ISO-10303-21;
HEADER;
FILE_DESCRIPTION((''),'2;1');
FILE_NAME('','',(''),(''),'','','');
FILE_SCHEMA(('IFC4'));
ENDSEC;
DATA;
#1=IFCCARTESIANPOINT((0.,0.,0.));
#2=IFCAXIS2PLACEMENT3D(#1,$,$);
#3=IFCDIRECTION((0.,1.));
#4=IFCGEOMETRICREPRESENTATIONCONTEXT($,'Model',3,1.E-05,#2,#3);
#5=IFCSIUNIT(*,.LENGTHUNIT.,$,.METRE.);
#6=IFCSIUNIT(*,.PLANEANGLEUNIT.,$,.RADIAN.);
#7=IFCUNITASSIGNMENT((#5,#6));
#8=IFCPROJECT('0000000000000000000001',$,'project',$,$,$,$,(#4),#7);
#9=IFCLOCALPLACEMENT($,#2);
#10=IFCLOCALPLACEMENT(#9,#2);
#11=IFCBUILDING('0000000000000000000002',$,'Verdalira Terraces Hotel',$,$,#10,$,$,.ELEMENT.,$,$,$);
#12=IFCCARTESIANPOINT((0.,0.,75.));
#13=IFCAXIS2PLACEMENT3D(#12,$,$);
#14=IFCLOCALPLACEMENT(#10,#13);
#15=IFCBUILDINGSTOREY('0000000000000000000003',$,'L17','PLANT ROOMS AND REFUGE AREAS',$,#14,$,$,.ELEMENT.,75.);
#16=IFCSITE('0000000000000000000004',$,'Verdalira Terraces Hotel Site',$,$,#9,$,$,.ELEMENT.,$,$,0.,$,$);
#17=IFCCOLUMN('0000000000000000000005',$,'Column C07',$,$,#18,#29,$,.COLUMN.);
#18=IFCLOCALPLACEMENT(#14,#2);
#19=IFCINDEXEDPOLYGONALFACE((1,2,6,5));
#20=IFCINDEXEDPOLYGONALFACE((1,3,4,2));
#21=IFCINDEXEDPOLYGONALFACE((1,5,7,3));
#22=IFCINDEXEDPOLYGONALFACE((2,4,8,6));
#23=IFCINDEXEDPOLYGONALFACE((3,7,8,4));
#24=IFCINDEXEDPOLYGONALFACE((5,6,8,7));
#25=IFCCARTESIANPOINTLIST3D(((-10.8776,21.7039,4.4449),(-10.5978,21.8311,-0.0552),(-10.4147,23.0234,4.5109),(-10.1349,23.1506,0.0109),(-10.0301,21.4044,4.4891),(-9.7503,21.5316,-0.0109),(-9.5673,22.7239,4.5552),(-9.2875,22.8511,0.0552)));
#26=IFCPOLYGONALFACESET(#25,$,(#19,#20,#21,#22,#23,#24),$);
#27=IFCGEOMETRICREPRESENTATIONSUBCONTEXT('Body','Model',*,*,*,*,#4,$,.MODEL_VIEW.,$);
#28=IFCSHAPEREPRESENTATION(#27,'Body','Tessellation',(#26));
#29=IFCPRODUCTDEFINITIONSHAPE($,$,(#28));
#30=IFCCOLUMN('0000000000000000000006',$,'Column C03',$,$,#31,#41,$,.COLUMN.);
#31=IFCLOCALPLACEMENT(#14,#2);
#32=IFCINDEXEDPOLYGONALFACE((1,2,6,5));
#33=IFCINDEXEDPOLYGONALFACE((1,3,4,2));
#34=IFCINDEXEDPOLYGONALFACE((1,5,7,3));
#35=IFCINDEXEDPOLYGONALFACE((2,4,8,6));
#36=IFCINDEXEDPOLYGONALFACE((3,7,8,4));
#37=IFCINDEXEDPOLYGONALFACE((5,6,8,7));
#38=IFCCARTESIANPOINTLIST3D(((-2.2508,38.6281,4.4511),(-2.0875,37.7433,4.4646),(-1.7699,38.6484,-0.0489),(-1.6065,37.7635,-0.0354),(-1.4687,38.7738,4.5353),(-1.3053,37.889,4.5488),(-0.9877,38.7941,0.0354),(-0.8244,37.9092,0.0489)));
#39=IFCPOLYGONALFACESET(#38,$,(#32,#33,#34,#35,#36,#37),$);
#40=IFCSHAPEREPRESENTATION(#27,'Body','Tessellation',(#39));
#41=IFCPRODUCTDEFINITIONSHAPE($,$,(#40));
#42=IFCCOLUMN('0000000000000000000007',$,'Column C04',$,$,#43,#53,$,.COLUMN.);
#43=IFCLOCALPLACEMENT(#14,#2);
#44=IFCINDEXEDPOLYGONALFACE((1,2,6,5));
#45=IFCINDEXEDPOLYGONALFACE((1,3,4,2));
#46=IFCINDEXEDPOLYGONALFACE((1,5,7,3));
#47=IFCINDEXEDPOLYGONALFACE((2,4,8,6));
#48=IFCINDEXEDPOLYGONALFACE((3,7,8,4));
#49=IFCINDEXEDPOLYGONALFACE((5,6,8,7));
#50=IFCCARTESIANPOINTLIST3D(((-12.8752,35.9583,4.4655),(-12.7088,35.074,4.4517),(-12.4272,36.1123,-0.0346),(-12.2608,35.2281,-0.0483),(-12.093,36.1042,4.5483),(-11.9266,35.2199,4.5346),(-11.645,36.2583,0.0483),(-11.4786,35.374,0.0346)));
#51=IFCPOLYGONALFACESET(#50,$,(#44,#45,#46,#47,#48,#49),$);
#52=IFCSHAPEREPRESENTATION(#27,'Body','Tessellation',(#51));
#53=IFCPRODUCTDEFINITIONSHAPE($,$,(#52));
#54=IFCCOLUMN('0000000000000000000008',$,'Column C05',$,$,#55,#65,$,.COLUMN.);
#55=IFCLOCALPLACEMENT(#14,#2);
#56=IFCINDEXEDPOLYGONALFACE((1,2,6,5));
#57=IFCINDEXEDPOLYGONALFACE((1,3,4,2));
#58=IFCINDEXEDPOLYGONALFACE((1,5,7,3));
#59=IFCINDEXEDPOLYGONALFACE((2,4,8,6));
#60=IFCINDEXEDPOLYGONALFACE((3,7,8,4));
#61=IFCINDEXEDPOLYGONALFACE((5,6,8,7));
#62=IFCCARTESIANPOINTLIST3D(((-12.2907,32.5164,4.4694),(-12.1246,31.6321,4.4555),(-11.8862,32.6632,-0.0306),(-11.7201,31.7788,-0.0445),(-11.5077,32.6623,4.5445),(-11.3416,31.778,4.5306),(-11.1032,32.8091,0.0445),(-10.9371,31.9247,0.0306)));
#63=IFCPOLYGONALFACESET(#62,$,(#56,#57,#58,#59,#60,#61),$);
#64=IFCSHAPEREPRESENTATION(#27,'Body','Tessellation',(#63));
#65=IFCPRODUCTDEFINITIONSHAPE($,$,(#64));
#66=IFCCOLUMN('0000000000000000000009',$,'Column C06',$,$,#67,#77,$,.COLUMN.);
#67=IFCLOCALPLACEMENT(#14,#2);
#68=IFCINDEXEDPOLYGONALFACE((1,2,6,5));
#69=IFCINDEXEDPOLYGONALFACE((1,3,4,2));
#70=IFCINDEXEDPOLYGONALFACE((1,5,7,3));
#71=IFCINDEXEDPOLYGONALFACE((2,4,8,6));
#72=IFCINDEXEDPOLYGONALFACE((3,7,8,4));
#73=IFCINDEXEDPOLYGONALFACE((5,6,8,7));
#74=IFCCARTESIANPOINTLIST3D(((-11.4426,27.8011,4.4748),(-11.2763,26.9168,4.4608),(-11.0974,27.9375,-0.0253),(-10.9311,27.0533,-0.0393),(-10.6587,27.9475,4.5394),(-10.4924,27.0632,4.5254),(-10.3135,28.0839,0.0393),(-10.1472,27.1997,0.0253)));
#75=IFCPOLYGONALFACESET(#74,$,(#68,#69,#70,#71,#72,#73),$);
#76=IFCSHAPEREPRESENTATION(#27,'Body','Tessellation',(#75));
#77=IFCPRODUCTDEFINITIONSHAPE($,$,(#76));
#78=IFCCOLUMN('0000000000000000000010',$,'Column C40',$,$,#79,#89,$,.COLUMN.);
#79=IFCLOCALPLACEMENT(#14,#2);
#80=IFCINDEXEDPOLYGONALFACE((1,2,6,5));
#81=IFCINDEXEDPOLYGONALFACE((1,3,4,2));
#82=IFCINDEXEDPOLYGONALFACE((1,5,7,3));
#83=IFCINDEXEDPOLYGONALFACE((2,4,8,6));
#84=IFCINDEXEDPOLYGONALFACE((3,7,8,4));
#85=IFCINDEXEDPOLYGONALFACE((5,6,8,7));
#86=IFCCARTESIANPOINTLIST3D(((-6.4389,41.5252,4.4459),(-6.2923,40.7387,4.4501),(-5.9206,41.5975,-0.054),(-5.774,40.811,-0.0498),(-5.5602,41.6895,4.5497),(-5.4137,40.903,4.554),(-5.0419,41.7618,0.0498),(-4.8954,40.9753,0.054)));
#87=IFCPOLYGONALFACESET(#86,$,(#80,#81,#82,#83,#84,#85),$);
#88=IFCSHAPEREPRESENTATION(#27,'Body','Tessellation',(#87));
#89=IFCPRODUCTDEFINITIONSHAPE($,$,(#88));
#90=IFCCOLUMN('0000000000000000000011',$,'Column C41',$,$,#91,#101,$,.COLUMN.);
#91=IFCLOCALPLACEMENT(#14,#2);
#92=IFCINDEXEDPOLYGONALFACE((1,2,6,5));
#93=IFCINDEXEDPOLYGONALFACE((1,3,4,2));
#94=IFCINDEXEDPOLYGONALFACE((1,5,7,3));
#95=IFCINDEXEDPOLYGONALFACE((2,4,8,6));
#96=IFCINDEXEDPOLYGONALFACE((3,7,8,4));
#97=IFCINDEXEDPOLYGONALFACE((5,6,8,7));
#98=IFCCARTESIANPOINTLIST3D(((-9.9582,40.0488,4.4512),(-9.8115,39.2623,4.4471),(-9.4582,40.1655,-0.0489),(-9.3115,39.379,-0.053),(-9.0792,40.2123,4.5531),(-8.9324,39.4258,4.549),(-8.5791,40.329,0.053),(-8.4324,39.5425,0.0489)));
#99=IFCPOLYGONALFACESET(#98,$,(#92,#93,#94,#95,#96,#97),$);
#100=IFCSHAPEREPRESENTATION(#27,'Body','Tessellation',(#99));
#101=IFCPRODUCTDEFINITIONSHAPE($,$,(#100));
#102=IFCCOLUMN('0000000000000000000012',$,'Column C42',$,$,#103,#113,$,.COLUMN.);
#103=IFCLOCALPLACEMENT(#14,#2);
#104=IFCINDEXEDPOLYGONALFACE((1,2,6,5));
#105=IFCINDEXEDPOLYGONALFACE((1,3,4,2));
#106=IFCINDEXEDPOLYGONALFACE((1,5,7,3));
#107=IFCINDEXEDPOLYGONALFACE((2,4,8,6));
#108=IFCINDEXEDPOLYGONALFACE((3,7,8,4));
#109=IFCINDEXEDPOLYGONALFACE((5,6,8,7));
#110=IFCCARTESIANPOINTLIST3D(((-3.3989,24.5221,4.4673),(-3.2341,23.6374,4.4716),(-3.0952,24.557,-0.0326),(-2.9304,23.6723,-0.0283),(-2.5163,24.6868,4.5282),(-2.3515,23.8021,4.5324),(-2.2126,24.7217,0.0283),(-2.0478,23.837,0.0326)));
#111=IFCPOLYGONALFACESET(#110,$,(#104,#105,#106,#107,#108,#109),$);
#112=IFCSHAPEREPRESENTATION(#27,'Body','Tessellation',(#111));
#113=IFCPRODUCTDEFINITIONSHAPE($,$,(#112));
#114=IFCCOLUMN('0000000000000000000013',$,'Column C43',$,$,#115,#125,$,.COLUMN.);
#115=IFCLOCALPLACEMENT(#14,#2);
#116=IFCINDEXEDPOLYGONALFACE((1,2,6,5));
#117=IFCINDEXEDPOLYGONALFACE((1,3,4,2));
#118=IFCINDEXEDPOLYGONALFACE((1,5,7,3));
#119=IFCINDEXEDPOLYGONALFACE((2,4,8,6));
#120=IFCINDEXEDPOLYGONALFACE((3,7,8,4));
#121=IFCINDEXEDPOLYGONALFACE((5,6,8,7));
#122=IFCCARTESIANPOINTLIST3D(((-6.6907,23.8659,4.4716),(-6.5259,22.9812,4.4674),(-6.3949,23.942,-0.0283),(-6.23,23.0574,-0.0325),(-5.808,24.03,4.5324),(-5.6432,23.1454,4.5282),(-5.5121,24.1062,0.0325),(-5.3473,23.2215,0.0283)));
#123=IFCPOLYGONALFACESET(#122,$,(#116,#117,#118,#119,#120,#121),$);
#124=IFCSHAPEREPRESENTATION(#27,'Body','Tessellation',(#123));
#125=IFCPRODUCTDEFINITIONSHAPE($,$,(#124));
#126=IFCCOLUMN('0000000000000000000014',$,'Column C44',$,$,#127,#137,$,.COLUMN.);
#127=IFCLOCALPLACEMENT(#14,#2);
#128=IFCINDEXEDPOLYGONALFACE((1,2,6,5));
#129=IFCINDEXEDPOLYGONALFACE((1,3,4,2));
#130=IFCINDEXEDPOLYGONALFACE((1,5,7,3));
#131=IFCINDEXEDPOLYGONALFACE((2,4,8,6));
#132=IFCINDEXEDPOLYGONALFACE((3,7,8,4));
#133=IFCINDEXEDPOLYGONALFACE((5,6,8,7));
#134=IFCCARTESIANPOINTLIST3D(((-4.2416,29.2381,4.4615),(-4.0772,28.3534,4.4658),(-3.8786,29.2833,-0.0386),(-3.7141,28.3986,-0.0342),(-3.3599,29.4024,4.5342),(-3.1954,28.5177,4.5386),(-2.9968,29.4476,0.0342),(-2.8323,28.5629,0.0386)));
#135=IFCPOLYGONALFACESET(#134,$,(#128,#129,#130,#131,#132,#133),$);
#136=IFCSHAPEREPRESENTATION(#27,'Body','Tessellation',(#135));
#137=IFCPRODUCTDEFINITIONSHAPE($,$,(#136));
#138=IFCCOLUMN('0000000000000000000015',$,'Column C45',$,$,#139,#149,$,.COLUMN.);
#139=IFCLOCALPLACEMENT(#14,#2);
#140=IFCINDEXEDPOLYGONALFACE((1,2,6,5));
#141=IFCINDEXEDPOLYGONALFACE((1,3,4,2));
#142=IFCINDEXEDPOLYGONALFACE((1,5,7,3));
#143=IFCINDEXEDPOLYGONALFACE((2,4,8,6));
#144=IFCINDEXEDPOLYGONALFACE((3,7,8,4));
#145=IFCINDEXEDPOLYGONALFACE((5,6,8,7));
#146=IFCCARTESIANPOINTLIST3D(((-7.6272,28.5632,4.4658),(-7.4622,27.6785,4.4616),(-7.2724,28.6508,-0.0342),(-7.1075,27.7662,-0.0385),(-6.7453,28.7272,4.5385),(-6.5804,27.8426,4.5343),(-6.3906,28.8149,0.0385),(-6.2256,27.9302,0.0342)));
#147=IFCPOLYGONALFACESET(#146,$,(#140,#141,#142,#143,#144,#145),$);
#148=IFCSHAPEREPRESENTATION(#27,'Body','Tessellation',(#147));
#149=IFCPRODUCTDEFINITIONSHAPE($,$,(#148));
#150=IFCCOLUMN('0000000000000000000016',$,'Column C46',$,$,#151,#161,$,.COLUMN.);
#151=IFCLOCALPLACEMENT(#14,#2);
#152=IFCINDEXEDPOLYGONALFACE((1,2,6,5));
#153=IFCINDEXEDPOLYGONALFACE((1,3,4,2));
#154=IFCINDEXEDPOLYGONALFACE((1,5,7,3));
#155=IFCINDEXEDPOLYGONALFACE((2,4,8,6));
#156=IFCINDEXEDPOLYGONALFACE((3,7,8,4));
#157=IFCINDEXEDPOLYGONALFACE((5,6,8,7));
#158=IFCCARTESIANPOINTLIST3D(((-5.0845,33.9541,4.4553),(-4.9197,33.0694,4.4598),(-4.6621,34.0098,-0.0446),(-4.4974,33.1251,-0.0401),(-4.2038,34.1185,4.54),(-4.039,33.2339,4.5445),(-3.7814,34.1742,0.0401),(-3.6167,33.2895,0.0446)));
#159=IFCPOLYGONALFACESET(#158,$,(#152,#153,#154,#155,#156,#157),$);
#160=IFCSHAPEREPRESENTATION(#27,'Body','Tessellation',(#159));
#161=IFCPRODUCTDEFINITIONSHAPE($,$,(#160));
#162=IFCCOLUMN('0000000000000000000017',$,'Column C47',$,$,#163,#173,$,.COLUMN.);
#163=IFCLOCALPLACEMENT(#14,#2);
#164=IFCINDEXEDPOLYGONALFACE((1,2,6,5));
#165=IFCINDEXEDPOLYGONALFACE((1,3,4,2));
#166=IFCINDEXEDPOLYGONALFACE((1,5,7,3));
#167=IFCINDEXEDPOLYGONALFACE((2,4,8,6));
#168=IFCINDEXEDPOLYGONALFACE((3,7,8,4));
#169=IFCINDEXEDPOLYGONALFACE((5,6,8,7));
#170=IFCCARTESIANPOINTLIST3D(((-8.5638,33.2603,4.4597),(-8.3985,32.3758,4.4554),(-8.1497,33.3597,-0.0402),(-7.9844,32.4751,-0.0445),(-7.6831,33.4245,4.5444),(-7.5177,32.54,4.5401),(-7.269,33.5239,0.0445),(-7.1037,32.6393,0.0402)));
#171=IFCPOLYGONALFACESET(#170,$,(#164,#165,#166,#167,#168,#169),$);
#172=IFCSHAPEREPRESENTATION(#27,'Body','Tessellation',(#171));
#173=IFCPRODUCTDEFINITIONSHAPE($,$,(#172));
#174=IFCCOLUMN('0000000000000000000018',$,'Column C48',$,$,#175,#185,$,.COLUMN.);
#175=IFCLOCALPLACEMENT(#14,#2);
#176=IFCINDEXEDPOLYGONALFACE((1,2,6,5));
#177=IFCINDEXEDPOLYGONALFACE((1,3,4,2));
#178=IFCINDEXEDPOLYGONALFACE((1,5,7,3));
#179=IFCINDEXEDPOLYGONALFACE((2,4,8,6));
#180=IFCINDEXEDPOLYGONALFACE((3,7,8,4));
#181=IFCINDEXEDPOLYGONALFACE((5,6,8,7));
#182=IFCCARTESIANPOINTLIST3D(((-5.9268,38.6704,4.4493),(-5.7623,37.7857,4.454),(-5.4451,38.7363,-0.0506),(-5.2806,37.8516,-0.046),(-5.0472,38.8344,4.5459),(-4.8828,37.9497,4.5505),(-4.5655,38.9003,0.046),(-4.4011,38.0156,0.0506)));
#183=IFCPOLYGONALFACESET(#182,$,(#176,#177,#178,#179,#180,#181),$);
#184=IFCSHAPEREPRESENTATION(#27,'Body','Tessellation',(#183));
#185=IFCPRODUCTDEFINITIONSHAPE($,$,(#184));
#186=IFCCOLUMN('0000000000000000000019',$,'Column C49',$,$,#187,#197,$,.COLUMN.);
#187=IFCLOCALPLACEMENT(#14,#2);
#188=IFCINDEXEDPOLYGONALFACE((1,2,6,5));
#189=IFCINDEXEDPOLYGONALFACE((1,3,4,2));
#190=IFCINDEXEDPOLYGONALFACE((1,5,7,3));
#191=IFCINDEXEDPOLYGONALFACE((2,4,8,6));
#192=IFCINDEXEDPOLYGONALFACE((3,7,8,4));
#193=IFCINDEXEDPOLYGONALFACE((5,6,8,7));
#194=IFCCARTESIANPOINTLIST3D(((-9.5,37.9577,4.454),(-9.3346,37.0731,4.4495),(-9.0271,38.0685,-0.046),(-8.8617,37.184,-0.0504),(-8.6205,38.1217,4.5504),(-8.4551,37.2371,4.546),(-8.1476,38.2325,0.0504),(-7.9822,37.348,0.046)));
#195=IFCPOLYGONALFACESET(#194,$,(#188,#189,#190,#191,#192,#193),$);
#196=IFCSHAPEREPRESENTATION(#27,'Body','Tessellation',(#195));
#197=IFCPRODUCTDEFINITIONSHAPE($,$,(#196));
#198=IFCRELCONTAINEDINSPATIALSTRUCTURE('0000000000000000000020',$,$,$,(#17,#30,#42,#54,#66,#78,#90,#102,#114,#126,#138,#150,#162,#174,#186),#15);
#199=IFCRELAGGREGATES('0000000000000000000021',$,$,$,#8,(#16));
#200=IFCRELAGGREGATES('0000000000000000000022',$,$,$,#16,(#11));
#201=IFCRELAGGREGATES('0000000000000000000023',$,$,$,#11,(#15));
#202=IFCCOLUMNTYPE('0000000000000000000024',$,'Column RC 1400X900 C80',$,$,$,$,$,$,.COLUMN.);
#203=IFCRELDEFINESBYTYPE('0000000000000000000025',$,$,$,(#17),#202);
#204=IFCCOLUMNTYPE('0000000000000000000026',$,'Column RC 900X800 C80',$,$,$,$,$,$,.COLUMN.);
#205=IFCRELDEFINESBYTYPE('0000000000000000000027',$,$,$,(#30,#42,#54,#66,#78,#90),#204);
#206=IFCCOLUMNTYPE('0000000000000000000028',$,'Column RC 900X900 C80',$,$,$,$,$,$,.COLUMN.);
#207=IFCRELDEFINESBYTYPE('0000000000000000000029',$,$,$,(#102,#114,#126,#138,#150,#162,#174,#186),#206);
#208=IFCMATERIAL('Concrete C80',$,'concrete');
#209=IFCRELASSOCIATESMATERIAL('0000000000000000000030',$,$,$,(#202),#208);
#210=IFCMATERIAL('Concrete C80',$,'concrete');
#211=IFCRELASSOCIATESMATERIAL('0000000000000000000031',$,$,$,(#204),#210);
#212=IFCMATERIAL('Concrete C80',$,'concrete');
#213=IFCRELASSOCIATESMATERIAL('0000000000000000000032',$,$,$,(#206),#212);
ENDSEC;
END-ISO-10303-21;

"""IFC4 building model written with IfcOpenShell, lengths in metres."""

from ifc_helpers import new_model, si_unit, direction, frame, origin, origin_2d, place, context, subcontext, project, spatial, rectangle, extrude, material, material_profile, profile_set, type_object, element, save


model = new_model("IFC4")

# Units and contexts
model_context = context("Model", 3, precision=1e-05, world=origin(), true_north=direction((0.0, 1.0)))
body_context = subcontext(model_context, "Body", "Model", "MODEL_VIEW")
ifc_project = project(units=[si_unit("LENGTHUNIT", "METRE"), si_unit("PLANEANGLEUNIT", "RADIAN")], contexts=[model_context])

# Site, building, storey
site_placement = place(None, origin())
site = spatial("IfcSite", under=ifc_project, at=site_placement, Name="Verdalira Terraces Hotel Site", CompositionType="ELEMENT", RefElevation=0.0)
building_placement = place(site_placement, origin())
building = spatial("IfcBuilding", under=site, at=building_placement, Name="Verdalira Terraces Hotel", CompositionType="ELEMENT")
storey_placement = place(building_placement, frame((0.0, 0.0, 75.0)))
storey = spatial("IfcBuildingStorey", under=building, at=storey_placement, Name="L17", Description="PLANT ROOMS AND REFUGE AREAS", CompositionType="ELEMENT", Elevation=75.0)

# Columns
ifc_material_1 = material(Name="Concrete C80", Category="concrete")
ifc_material_profile_1 = material_profile(ifc_material_1, rectangle(XDim=1.3999, YDim=0.8999, at=origin_2d()), Name="RC 1400X900")
ifc_profile_set_1 = profile_set([ifc_material_profile_1], Name="Concrete C80")
column_type_1 = type_object("IfcColumnType", Name="Column RC 1400X900 C80", PredefinedType="COLUMN", material=ifc_profile_set_1)
column_1_placement = place(storey_placement, frame((-9.9426, 22.3411, 0.0), z_axis=(-0.06203, -0.0282, 0.997676), x_axis=(0.330642, 0.942575, 0.0472)))
element("IfcColumn", 1, at=column_1_placement, inside=storey, type_object=column_type_1, Name="Column C07", PredefinedType="COLUMN", context=body_context, shape_type="SweptSolid", body=[
    extrude(rectangle(XDim=1.3999, YDim=0.8999, at=origin_2d()), origin(), (0.0, 0.0, 1.0), 4.5105),
])
ifc_material_2 = material(Name="Concrete C80", Category="concrete")
ifc_material_profile_2 = material_profile(ifc_material_2, rectangle(XDim=0.8999, YDim=0.8, at=origin_2d()), Name="RC 900X800")
ifc_profile_set_2 = profile_set([ifc_material_profile_2], Name="Concrete C80")
column_type_2 = type_object("IfcColumnType", Name="Column RC 900X800 C80", PredefinedType="COLUMN", material=ifc_profile_set_2)
column_2_placement = place(storey_placement, frame((-1.2971, 38.2788, 0.0), z_axis=(-0.106273, -0.004477, 0.994327), x_axis=(-0.181543, 0.983269, -0.014976)))
element("IfcColumn", 2, at=column_2_placement, inside=storey, type_object=column_type_2, Name="Column C03", PredefinedType="COLUMN", context=body_context, shape_type="SweptSolid", body=[
    extrude(rectangle(XDim=0.8999, YDim=0.8, at=origin_2d()), origin(), (0.0, 0.0, 1.0), 4.5256),
])
column_3_placement = place(storey_placement, frame((-11.9529, 35.7432, 0.0), z_axis=(-0.099008, -0.034046, 0.994504), x_axis=(0.184905, -0.982638, -0.015231)))
element("IfcColumn", 3, at=column_3_placement, inside=storey, type_object=column_type_2, Name="Column C04", PredefinedType="COLUMN", context=body_context, shape_type="SweptSolid", body=[
    extrude(rectangle(XDim=0.8999, YDim=0.8, at=origin_2d()), origin(), (0.0, 0.0, 1.0), 4.5249),
])
column_4_placement = place(storey_placement, frame((-11.4116, 32.2939, 0.0), z_axis=(-0.08949, -0.032458, 0.995459), x_axis=(0.184575, -0.982697, -0.015449)))
element("IfcColumn", 4, at=column_4_placement, inside=storey, type_object=column_type_2, Name="Column C05", PredefinedType="COLUMN", context=body_context, shape_type="SweptSolid", body=[
    extrude(rectangle(XDim=0.8999, YDim=0.8, at=origin_2d()), origin(), (0.0, 0.0, 1.0), 4.5205),
])
column_5_placement = place(storey_placement, frame((-10.6223, 27.5686, 0.0), z_axis=(-0.076455, -0.030225, 0.996615), x_axis=(0.184807, -0.982651, -0.015624)))
element("IfcColumn", 5, at=column_5_placement, inside=storey, type_object=column_type_2, Name="Column C06", PredefinedType="COLUMN", context=body_context, shape_type="SweptSolid", body=[
    extrude(rectangle(XDim=0.8999, YDim=0.8, at=origin_2d()), origin(), (0.0, 0.0, 1.0), 4.5154),
])
column_6_placement = place(storey_placement, frame((-5.408, 41.2864, 0.0), z_axis=(-0.114409, -0.015952, 0.993306), x_axis=(-0.976401, -0.182555, -0.115394)))
element("IfcColumn", 6, at=column_6_placement, inside=storey, type_object=column_type_2, Name="Column C40", PredefinedType="COLUMN", context=body_context, shape_type="SweptSolid", body=[
    extrude(rectangle(XDim=0.8999, YDim=0.8, at=origin_2d()), origin(), (0.0, 0.0, 1.0), 4.5303),
])
column_7_placement = place(storey_placement, frame((-8.9453, 39.854, 0.0), z_axis=(-0.110395, -0.025766, 0.993554), x_axis=(-0.976823, -0.181636, -0.113246)))
element("IfcColumn", 7, at=column_7_placement, inside=storey, type_object=column_type_2, Name="Column C41", PredefinedType="COLUMN", context=body_context, shape_type="SweptSolid", body=[
    extrude(rectangle(XDim=0.8999, YDim=0.8, at=origin_2d()), origin(), (0.0, 0.0, 1.0), 4.5293),
])
ifc_material_3 = material(Name="Concrete C80", Category="concrete")
ifc_material_profile_3 = material_profile(ifc_material_3, rectangle(XDim=0.8999, YDim=0.8999, at=origin_2d()), Name="RC 900X900")
ifc_profile_set_3 = profile_set([ifc_material_profile_3], Name="Concrete C80")
column_type_3 = type_object("IfcColumnType", Name="Column RC 900X900 C80", PredefinedType="COLUMN", material=ifc_profile_set_3)
for number, where, z_axis, x_axis, name in (
    (8, (-2.5715, 24.197, 0.0), (-0.067336, -0.00774, 0.9977), (-0.183138, 0.983076, -0.004733), "Column C42"),
    (9, (-5.8711, 23.5818, 0.0), (-0.065604, -0.016888, 0.997703), (-0.183145, 0.983075, 0.004598), "Column C43"),
):
    element("IfcColumn", number, at=place(storey_placement, frame(where, z_axis=z_axis, x_axis=x_axis)), inside=storey, type_object=column_type_3, Name=name, PredefinedType="COLUMN", context=body_context, shape_type="SweptSolid", body=[
        extrude(rectangle(XDim=0.8999, YDim=0.8999, at=origin_2d()), origin(), (0.0, 0.0, 1.0), 4.5103),
    ])
for number, where, z_axis, x_axis, name in (
    (10, (-3.3555, 28.9231, 0.0), (-0.08041, -0.010004, 0.996712), (-0.182779, 0.983142, -0.004878), "Column C44"),
    (11, (-6.749, 28.2905, 0.0), (-0.078572, -0.019413, 0.996719), (-0.183308, 0.983044, 0.004697), "Column C45"),
):
    element("IfcColumn", number, at=place(storey_placement, frame(where, z_axis=z_axis, x_axis=x_axis)), inside=storey, type_object=column_type_3, Name=name, PredefinedType="COLUMN", context=body_context, shape_type="SweptSolid", body=[
        extrude(rectangle(XDim=0.8999, YDim=0.8999, at=origin_2d()), origin(), (0.0, 0.0, 1.0), 4.5149),
    ])
for number, where, z_axis, x_axis, name in (
    (12, (-4.1394, 33.6497, 0.0), (-0.093441, -0.012315, 0.995549), (-0.183055, 0.98309, -0.005021), "Column C46"),
    (13, (-7.6267, 32.9995, 0.0), (-0.091605, -0.021983, 0.995553), (-0.183721, 0.982967, 0.0048), "Column C47"),
):
    element("IfcColumn", number, at=place(storey_placement, frame(where, z_axis=z_axis, x_axis=x_axis)), inside=storey, type_object=column_type_3, Name=name, PredefinedType="COLUMN", context=body_context, shape_type="SweptSolid", body=[
        extrude(rectangle(XDim=0.8999, YDim=0.8999, at=origin_2d()), origin(), (0.0, 0.0, 1.0), 4.52),
    ])
for number, where, z_axis, x_axis, name in (
    (14, (-4.9231, 38.376, 0.0), (-0.106423, -0.014564, 0.994214), (-0.182749, 0.983146, -0.00516), "Column C48"),
    (15, (-8.5046, 37.7083, 0.0), (-0.104482, -0.024489, 0.994225), (-0.183804, 0.982951, 0.004895), "Column C49"),
):
    element("IfcColumn", number, at=place(storey_placement, frame(where, z_axis=z_axis, x_axis=x_axis)), inside=storey, type_object=column_type_3, Name=name, PredefinedType="COLUMN", context=body_context, shape_type="SweptSolid", body=[
        extrude(rectangle(XDim=0.8999, YDim=0.8999, at=origin_2d()), origin(), (0.0, 0.0, 1.0), 4.5261),
    ])

save(model, "model.ifc")
